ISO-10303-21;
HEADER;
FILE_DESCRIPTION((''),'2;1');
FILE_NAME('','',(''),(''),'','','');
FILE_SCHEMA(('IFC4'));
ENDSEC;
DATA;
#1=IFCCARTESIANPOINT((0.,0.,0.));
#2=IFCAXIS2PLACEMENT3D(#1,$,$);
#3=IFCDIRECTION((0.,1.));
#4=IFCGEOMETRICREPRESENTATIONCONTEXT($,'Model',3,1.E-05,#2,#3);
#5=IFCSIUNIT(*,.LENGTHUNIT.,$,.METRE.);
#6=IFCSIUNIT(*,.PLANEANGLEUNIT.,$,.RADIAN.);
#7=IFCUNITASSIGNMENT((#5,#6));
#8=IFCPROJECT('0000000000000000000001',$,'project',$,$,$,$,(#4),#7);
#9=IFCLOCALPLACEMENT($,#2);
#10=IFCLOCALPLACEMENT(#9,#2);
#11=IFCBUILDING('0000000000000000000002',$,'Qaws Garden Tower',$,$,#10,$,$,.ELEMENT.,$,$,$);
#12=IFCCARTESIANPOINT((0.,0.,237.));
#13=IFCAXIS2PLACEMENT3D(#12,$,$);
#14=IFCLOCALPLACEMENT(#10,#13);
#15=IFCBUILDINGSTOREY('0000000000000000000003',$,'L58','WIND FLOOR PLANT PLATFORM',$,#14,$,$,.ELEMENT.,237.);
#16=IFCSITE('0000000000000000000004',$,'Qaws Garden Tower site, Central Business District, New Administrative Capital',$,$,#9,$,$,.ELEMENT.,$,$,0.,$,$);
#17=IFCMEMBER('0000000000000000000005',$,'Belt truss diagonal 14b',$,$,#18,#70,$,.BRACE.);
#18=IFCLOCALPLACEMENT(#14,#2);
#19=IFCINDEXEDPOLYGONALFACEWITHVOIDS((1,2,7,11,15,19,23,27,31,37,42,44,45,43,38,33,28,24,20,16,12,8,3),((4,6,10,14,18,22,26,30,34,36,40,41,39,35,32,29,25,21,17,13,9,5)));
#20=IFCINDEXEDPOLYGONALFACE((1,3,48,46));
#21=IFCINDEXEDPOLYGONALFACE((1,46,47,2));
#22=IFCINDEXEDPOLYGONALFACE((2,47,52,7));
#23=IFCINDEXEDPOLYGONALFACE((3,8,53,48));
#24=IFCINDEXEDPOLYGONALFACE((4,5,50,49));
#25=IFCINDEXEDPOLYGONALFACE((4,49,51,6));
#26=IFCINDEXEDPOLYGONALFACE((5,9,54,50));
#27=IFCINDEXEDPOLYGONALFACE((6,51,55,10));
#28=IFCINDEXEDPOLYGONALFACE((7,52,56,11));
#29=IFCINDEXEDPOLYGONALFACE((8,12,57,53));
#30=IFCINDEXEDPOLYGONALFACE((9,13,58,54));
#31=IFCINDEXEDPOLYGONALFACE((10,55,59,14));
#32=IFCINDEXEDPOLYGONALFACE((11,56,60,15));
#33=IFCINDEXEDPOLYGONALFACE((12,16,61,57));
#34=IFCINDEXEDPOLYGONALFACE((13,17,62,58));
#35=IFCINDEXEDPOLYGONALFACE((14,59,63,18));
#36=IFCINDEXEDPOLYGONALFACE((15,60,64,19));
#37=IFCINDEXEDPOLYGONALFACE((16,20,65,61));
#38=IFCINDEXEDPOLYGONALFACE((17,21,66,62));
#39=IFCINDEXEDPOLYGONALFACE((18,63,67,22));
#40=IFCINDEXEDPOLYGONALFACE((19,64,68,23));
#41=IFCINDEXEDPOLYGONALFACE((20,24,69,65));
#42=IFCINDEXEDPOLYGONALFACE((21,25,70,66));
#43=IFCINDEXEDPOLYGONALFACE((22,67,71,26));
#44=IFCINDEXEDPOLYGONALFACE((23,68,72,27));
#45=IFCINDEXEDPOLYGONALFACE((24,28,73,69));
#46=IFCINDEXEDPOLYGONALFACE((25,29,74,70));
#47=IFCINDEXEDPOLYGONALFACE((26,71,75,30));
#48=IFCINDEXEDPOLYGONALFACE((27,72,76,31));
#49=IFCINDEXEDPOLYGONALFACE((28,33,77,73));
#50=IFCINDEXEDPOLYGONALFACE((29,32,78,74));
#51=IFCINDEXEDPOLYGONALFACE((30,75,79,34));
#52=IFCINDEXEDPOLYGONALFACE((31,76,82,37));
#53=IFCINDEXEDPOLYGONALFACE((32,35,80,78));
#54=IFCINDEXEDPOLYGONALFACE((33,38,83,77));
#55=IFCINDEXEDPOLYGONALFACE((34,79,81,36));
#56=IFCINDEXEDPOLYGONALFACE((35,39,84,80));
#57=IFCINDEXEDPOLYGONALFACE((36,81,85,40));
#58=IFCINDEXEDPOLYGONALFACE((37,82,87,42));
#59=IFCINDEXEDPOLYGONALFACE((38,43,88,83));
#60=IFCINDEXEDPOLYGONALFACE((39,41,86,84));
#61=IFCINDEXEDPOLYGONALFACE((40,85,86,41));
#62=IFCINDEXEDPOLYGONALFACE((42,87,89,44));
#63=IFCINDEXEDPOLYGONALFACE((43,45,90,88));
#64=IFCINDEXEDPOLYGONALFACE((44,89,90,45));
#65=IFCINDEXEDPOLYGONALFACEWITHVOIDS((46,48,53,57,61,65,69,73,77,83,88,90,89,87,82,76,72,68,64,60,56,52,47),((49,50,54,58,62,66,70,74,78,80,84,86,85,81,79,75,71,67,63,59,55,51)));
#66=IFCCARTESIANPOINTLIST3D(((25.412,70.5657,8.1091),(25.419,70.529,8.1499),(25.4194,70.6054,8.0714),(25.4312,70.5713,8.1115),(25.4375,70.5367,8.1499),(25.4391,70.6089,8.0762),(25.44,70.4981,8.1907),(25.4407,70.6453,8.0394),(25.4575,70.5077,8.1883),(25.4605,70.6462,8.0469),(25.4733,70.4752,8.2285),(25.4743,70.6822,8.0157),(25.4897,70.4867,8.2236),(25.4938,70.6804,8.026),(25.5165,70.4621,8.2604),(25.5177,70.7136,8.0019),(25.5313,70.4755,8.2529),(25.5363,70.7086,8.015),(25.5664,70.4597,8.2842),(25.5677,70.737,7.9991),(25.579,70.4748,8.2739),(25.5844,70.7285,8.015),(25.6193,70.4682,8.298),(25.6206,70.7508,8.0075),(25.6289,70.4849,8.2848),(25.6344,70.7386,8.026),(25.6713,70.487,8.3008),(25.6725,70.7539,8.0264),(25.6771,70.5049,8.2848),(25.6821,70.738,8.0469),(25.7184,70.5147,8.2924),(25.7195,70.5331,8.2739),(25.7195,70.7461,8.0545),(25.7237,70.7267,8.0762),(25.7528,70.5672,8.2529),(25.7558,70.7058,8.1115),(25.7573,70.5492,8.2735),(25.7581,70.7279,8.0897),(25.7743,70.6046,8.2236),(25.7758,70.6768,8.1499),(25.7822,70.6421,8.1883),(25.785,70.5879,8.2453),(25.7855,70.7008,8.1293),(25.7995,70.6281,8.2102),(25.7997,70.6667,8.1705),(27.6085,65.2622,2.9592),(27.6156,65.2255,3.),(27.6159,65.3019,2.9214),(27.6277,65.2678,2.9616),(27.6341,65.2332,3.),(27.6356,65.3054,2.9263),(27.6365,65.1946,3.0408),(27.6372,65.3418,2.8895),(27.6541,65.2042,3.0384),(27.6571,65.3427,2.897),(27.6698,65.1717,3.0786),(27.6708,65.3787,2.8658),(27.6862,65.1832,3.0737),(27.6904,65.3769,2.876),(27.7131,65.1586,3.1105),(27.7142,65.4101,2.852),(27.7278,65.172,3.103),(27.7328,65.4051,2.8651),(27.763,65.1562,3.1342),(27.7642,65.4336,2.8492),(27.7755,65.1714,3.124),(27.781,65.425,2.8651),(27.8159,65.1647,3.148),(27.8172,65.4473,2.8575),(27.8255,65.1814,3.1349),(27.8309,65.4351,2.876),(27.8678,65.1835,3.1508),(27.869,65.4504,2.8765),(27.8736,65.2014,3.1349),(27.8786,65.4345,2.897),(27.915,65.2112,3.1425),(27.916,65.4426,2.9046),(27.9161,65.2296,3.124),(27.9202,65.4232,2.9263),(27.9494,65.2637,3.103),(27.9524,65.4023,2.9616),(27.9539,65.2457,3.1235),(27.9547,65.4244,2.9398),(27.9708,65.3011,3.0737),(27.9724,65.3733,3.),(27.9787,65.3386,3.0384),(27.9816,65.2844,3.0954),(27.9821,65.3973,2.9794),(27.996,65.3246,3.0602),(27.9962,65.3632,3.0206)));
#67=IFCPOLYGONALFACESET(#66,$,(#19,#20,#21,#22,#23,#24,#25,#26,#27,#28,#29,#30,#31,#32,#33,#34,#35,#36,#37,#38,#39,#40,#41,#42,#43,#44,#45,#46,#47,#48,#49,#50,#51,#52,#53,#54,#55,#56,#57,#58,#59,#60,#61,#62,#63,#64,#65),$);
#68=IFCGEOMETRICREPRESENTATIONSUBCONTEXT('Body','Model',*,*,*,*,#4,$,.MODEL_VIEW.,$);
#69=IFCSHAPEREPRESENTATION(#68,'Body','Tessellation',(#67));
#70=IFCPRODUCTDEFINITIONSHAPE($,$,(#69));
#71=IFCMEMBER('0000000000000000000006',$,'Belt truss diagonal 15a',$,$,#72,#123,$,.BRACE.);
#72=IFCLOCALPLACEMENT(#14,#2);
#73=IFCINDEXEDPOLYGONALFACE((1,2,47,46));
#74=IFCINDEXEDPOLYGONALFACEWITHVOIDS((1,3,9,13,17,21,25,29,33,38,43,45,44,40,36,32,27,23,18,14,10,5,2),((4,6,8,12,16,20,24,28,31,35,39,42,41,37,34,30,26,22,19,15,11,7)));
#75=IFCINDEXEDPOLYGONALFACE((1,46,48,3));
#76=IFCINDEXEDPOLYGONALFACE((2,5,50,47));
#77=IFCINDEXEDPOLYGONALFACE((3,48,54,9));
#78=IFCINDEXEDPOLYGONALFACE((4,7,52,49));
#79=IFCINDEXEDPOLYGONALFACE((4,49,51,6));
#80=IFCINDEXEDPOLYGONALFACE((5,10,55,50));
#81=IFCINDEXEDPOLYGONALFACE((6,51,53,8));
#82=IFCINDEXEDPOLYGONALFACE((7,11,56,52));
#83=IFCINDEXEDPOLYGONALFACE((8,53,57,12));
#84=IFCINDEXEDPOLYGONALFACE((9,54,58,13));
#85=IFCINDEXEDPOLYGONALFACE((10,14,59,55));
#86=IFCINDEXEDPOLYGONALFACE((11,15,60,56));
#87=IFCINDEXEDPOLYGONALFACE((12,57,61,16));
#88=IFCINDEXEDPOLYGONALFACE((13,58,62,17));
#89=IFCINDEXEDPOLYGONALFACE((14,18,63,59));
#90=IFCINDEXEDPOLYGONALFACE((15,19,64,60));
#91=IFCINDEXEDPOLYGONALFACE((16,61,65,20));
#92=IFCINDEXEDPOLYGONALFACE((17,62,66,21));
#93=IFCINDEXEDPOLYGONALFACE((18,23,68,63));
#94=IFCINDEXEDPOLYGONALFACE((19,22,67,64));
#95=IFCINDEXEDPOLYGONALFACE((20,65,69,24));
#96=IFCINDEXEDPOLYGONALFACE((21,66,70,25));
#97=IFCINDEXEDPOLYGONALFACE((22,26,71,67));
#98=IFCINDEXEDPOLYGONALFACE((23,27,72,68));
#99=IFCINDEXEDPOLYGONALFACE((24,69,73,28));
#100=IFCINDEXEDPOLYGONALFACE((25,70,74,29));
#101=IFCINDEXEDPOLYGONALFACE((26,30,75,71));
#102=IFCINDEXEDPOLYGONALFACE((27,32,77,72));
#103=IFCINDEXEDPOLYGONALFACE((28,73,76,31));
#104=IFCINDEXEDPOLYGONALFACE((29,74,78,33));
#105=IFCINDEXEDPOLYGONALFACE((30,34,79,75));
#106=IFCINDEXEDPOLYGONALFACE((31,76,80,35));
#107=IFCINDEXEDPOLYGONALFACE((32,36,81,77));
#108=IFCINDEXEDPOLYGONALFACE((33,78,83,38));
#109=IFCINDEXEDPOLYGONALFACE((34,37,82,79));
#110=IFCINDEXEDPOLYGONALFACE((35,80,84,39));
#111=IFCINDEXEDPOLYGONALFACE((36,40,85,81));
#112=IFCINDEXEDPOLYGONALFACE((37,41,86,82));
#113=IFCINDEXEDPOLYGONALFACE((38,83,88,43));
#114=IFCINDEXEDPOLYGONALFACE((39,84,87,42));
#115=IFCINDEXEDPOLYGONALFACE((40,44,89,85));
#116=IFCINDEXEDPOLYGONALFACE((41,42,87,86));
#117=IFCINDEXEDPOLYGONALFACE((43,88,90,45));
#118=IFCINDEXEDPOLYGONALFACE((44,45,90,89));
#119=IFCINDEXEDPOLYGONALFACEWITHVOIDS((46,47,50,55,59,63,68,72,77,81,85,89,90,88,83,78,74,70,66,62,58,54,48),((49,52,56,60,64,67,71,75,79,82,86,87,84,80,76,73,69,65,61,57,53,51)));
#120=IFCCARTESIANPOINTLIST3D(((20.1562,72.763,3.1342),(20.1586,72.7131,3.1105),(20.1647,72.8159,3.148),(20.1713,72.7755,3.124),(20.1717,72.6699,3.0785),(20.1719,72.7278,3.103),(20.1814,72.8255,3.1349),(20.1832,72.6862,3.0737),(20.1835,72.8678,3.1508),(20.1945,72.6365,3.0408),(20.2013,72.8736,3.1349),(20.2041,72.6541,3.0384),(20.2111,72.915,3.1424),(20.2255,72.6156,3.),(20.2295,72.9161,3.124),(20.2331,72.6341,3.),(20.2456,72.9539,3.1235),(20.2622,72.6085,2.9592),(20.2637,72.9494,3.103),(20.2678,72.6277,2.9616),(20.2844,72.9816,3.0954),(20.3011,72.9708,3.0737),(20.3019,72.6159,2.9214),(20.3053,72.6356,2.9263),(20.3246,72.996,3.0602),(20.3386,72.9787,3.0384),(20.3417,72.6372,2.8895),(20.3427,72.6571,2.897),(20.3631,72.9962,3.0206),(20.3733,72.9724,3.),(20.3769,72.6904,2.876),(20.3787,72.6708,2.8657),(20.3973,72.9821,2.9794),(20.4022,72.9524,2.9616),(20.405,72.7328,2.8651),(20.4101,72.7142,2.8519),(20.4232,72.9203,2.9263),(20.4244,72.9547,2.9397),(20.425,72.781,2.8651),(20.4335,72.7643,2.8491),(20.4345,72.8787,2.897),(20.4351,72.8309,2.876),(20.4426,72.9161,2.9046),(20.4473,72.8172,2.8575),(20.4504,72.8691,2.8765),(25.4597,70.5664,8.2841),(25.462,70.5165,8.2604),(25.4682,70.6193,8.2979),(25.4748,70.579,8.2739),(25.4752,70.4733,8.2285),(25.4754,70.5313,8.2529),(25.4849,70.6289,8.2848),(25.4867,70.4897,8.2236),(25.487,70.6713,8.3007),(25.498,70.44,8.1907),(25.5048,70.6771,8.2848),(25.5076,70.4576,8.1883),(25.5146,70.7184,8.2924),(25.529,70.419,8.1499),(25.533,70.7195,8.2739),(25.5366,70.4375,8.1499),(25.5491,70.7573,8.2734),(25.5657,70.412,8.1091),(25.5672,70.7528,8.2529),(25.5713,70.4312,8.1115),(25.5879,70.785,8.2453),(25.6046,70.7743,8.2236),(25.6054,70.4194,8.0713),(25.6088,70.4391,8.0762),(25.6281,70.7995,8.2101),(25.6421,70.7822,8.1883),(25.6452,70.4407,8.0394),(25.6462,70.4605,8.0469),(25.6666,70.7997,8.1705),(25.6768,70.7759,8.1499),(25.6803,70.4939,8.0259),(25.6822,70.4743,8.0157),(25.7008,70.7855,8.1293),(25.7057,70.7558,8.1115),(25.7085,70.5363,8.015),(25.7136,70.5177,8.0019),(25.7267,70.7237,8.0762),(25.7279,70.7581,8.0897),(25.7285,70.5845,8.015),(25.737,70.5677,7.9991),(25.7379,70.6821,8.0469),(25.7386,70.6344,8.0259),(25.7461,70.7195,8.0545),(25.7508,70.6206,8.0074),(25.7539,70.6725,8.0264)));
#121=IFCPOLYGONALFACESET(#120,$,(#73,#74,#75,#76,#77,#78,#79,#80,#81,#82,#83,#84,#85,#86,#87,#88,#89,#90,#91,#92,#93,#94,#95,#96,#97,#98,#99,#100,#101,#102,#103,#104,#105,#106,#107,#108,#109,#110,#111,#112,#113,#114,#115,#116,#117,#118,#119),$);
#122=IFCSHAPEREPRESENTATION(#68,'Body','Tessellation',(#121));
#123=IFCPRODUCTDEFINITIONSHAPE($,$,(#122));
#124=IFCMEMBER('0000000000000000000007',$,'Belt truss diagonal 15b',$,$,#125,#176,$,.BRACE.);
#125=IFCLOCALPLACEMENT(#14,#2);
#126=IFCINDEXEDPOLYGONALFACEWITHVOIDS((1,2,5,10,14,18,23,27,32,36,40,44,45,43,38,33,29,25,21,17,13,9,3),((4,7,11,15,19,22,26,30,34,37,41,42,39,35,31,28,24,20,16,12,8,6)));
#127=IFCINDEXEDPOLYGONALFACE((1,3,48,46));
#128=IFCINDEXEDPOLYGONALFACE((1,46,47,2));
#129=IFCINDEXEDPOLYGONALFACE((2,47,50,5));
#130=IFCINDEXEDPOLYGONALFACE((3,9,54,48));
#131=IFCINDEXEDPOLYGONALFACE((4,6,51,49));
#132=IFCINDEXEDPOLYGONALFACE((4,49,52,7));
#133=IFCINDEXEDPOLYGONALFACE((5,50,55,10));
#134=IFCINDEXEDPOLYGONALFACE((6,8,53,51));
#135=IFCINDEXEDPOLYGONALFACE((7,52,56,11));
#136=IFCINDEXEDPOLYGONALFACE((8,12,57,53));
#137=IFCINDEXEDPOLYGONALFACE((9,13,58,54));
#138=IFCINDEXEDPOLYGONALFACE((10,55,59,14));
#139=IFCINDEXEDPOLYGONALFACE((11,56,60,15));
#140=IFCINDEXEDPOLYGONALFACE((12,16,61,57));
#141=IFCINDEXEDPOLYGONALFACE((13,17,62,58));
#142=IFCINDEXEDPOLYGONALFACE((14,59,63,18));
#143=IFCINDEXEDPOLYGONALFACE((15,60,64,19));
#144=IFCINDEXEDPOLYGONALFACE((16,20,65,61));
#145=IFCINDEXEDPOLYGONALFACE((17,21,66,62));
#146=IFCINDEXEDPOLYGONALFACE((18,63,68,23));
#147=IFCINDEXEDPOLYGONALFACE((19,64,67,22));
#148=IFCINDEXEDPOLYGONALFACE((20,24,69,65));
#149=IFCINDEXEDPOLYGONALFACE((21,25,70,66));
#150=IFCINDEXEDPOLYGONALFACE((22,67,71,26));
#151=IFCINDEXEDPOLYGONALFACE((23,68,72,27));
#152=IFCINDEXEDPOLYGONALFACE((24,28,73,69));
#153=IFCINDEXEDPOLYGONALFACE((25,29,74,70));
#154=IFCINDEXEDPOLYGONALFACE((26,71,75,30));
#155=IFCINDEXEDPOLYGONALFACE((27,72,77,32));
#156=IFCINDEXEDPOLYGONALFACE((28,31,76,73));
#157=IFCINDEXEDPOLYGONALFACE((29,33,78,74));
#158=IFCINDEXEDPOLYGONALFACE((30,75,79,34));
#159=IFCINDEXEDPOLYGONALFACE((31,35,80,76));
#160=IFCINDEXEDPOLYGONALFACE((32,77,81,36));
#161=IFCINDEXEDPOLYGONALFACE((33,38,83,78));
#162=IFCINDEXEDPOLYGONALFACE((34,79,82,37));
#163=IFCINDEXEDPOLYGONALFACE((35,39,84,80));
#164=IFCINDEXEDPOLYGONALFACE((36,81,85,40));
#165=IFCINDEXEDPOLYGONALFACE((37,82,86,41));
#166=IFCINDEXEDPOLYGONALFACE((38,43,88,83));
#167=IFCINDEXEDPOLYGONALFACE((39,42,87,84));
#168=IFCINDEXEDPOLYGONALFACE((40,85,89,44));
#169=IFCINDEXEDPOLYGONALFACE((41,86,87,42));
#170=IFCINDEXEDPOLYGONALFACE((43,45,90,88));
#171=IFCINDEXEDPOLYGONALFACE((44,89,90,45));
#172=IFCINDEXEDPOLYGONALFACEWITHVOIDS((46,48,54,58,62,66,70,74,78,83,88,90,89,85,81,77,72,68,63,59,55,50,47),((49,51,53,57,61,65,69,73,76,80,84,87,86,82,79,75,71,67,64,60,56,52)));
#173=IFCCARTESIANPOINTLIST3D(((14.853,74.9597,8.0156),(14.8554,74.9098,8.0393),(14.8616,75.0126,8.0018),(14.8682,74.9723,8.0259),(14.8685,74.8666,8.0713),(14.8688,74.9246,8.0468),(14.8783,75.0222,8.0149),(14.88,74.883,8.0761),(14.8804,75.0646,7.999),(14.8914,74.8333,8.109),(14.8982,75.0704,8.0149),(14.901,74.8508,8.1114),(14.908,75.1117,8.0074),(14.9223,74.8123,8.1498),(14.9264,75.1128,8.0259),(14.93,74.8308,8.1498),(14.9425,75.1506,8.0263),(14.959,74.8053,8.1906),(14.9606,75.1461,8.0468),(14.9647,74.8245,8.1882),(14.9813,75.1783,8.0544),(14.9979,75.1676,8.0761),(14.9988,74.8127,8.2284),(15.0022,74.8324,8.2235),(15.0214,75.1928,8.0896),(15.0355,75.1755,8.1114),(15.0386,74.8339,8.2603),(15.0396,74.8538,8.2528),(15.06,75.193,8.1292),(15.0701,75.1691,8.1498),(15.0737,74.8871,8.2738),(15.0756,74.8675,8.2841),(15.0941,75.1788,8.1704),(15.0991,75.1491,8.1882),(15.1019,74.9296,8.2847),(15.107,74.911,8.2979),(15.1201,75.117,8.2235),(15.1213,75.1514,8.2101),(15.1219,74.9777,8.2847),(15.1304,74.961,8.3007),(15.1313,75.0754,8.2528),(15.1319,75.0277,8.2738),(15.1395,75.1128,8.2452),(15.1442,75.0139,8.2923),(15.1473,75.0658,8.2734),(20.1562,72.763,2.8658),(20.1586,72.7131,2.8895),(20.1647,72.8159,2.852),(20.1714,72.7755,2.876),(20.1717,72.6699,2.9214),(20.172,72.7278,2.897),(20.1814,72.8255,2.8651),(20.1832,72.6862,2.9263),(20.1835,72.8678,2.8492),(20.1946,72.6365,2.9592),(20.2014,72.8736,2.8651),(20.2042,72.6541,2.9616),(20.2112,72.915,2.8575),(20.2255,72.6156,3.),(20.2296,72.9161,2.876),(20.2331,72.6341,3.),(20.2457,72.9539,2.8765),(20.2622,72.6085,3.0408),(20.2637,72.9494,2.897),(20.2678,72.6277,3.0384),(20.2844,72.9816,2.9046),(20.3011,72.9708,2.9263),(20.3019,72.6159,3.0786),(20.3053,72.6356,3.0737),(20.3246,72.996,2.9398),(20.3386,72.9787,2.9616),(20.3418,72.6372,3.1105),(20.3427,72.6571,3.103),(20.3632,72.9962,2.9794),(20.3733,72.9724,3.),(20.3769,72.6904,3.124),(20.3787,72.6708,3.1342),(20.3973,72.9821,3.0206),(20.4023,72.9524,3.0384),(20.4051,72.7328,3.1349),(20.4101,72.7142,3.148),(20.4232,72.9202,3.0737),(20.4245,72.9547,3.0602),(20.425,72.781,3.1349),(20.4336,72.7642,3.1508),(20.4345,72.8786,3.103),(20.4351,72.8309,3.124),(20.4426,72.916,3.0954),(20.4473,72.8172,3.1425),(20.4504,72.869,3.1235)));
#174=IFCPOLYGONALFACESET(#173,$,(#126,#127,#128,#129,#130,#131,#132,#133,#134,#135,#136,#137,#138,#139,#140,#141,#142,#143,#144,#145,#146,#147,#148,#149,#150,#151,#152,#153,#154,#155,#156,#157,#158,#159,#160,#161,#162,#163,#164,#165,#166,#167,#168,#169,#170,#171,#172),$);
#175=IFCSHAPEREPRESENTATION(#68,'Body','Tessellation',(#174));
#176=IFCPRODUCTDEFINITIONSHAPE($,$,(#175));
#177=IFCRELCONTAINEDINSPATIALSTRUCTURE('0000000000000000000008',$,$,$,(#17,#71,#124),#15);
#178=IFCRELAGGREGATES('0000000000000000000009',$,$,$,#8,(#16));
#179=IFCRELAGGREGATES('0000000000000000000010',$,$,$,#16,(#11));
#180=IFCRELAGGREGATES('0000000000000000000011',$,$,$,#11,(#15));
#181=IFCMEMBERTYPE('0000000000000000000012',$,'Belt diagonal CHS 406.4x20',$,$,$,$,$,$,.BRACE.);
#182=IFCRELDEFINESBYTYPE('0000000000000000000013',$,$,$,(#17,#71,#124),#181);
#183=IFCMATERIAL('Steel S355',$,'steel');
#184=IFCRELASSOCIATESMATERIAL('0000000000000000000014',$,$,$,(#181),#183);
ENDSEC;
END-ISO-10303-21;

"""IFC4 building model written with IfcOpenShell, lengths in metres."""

from ifc_helpers import new_model, si_unit, direction, frame, origin, origin_2d, place, context, subcontext, project, spatial, hollow_circle, extrude, material, material_profile, profile_set, type_object, element, save


model = new_model("IFC4")

# Units and contexts
model_context = context("Model", 3, precision=1e-05, world=origin(), true_north=direction((0.0, 1.0)))
body_context = subcontext(model_context, "Body", "Model", "MODEL_VIEW")
ifc_project = project(units=[si_unit("LENGTHUNIT", "METRE"), si_unit("PLANEANGLEUNIT", "RADIAN")], contexts=[model_context])

# Site, building, storey
site_placement = place(None, origin())
site = spatial("IfcSite", under=ifc_project, at=site_placement, Name="Qaws Garden Tower site, Central Business District, New Administrative Capital", CompositionType="ELEMENT", RefElevation=0.0)
building_placement = place(site_placement, origin())
building = spatial("IfcBuilding", under=site, at=building_placement, Name="Qaws Garden Tower", CompositionType="ELEMENT")
storey_placement = place(building_placement, frame((0.0, 0.0, 237.0)))
storey = spatial("IfcBuildingStorey", under=building, at=storey_placement, Name="L58", Description="WIND FLOOR PLANT PLATFORM", CompositionType="ELEMENT", Elevation=237.0)

# Members
ifc_material_1 = material(Name="Steel S355", Category="steel")
ifc_material_profile_1 = material_profile(ifc_material_1, hollow_circle(Radius=0.2031, WallThickness=0.02, at=origin_2d()), Name="CHS 406.4x20")
ifc_profile_set_1 = profile_set([ifc_material_profile_1], Name="Steel S355")
member_type_1 = type_object("IfcMemberType", Name="Belt diagonal CHS 406.4x20", PredefinedType="BRACE", material=ifc_profile_set_1)
for number, where, z_axis, x_axis, name in (
    (1, (27.8032, 65.3032, 3.0), (-0.284825, 0.687701, 0.667789), (-0.923894, -0.382649, 0.0), "Belt truss diagonal 14b"),
    (2, (25.6067, 70.6067, 8.1499), (-0.687701, 0.284825, -0.667789), (-0.382649, -0.923894, 0.0), "Belt truss diagonal 15a"),
):
    element("IfcMember", number, at=place(storey_placement, frame(where, z_axis=z_axis, x_axis=x_axis)), inside=storey, type_object=member_type_1, Name=name, PredefinedType="BRACE", context=body_context, shape_type="SweptSolid", body=[
        extrude(hollow_circle(Radius=0.2031, WallThickness=0.02, at=origin_2d()), origin(), (0.0, 0.0, 1.0), 7.7119),
    ])
member_1_placement = place(storey_placement, frame((20.3032, 72.8032, 3.0), z_axis=(-0.687678, 0.28486, 0.667797), x_axis=(-0.3827, -0.923873, 0.0)))
element("IfcMember", 3, at=member_1_placement, inside=storey, type_object=member_type_1, Name="Belt truss diagonal 15b", PredefinedType="BRACE", context=body_context, shape_type="SweptSolid", body=[
    extrude(hollow_circle(Radius=0.2031, WallThickness=0.02, at=origin_2d()), origin(), (0.0, 0.0, 1.0), 7.7117),
])

save(model, "model.ifc")
